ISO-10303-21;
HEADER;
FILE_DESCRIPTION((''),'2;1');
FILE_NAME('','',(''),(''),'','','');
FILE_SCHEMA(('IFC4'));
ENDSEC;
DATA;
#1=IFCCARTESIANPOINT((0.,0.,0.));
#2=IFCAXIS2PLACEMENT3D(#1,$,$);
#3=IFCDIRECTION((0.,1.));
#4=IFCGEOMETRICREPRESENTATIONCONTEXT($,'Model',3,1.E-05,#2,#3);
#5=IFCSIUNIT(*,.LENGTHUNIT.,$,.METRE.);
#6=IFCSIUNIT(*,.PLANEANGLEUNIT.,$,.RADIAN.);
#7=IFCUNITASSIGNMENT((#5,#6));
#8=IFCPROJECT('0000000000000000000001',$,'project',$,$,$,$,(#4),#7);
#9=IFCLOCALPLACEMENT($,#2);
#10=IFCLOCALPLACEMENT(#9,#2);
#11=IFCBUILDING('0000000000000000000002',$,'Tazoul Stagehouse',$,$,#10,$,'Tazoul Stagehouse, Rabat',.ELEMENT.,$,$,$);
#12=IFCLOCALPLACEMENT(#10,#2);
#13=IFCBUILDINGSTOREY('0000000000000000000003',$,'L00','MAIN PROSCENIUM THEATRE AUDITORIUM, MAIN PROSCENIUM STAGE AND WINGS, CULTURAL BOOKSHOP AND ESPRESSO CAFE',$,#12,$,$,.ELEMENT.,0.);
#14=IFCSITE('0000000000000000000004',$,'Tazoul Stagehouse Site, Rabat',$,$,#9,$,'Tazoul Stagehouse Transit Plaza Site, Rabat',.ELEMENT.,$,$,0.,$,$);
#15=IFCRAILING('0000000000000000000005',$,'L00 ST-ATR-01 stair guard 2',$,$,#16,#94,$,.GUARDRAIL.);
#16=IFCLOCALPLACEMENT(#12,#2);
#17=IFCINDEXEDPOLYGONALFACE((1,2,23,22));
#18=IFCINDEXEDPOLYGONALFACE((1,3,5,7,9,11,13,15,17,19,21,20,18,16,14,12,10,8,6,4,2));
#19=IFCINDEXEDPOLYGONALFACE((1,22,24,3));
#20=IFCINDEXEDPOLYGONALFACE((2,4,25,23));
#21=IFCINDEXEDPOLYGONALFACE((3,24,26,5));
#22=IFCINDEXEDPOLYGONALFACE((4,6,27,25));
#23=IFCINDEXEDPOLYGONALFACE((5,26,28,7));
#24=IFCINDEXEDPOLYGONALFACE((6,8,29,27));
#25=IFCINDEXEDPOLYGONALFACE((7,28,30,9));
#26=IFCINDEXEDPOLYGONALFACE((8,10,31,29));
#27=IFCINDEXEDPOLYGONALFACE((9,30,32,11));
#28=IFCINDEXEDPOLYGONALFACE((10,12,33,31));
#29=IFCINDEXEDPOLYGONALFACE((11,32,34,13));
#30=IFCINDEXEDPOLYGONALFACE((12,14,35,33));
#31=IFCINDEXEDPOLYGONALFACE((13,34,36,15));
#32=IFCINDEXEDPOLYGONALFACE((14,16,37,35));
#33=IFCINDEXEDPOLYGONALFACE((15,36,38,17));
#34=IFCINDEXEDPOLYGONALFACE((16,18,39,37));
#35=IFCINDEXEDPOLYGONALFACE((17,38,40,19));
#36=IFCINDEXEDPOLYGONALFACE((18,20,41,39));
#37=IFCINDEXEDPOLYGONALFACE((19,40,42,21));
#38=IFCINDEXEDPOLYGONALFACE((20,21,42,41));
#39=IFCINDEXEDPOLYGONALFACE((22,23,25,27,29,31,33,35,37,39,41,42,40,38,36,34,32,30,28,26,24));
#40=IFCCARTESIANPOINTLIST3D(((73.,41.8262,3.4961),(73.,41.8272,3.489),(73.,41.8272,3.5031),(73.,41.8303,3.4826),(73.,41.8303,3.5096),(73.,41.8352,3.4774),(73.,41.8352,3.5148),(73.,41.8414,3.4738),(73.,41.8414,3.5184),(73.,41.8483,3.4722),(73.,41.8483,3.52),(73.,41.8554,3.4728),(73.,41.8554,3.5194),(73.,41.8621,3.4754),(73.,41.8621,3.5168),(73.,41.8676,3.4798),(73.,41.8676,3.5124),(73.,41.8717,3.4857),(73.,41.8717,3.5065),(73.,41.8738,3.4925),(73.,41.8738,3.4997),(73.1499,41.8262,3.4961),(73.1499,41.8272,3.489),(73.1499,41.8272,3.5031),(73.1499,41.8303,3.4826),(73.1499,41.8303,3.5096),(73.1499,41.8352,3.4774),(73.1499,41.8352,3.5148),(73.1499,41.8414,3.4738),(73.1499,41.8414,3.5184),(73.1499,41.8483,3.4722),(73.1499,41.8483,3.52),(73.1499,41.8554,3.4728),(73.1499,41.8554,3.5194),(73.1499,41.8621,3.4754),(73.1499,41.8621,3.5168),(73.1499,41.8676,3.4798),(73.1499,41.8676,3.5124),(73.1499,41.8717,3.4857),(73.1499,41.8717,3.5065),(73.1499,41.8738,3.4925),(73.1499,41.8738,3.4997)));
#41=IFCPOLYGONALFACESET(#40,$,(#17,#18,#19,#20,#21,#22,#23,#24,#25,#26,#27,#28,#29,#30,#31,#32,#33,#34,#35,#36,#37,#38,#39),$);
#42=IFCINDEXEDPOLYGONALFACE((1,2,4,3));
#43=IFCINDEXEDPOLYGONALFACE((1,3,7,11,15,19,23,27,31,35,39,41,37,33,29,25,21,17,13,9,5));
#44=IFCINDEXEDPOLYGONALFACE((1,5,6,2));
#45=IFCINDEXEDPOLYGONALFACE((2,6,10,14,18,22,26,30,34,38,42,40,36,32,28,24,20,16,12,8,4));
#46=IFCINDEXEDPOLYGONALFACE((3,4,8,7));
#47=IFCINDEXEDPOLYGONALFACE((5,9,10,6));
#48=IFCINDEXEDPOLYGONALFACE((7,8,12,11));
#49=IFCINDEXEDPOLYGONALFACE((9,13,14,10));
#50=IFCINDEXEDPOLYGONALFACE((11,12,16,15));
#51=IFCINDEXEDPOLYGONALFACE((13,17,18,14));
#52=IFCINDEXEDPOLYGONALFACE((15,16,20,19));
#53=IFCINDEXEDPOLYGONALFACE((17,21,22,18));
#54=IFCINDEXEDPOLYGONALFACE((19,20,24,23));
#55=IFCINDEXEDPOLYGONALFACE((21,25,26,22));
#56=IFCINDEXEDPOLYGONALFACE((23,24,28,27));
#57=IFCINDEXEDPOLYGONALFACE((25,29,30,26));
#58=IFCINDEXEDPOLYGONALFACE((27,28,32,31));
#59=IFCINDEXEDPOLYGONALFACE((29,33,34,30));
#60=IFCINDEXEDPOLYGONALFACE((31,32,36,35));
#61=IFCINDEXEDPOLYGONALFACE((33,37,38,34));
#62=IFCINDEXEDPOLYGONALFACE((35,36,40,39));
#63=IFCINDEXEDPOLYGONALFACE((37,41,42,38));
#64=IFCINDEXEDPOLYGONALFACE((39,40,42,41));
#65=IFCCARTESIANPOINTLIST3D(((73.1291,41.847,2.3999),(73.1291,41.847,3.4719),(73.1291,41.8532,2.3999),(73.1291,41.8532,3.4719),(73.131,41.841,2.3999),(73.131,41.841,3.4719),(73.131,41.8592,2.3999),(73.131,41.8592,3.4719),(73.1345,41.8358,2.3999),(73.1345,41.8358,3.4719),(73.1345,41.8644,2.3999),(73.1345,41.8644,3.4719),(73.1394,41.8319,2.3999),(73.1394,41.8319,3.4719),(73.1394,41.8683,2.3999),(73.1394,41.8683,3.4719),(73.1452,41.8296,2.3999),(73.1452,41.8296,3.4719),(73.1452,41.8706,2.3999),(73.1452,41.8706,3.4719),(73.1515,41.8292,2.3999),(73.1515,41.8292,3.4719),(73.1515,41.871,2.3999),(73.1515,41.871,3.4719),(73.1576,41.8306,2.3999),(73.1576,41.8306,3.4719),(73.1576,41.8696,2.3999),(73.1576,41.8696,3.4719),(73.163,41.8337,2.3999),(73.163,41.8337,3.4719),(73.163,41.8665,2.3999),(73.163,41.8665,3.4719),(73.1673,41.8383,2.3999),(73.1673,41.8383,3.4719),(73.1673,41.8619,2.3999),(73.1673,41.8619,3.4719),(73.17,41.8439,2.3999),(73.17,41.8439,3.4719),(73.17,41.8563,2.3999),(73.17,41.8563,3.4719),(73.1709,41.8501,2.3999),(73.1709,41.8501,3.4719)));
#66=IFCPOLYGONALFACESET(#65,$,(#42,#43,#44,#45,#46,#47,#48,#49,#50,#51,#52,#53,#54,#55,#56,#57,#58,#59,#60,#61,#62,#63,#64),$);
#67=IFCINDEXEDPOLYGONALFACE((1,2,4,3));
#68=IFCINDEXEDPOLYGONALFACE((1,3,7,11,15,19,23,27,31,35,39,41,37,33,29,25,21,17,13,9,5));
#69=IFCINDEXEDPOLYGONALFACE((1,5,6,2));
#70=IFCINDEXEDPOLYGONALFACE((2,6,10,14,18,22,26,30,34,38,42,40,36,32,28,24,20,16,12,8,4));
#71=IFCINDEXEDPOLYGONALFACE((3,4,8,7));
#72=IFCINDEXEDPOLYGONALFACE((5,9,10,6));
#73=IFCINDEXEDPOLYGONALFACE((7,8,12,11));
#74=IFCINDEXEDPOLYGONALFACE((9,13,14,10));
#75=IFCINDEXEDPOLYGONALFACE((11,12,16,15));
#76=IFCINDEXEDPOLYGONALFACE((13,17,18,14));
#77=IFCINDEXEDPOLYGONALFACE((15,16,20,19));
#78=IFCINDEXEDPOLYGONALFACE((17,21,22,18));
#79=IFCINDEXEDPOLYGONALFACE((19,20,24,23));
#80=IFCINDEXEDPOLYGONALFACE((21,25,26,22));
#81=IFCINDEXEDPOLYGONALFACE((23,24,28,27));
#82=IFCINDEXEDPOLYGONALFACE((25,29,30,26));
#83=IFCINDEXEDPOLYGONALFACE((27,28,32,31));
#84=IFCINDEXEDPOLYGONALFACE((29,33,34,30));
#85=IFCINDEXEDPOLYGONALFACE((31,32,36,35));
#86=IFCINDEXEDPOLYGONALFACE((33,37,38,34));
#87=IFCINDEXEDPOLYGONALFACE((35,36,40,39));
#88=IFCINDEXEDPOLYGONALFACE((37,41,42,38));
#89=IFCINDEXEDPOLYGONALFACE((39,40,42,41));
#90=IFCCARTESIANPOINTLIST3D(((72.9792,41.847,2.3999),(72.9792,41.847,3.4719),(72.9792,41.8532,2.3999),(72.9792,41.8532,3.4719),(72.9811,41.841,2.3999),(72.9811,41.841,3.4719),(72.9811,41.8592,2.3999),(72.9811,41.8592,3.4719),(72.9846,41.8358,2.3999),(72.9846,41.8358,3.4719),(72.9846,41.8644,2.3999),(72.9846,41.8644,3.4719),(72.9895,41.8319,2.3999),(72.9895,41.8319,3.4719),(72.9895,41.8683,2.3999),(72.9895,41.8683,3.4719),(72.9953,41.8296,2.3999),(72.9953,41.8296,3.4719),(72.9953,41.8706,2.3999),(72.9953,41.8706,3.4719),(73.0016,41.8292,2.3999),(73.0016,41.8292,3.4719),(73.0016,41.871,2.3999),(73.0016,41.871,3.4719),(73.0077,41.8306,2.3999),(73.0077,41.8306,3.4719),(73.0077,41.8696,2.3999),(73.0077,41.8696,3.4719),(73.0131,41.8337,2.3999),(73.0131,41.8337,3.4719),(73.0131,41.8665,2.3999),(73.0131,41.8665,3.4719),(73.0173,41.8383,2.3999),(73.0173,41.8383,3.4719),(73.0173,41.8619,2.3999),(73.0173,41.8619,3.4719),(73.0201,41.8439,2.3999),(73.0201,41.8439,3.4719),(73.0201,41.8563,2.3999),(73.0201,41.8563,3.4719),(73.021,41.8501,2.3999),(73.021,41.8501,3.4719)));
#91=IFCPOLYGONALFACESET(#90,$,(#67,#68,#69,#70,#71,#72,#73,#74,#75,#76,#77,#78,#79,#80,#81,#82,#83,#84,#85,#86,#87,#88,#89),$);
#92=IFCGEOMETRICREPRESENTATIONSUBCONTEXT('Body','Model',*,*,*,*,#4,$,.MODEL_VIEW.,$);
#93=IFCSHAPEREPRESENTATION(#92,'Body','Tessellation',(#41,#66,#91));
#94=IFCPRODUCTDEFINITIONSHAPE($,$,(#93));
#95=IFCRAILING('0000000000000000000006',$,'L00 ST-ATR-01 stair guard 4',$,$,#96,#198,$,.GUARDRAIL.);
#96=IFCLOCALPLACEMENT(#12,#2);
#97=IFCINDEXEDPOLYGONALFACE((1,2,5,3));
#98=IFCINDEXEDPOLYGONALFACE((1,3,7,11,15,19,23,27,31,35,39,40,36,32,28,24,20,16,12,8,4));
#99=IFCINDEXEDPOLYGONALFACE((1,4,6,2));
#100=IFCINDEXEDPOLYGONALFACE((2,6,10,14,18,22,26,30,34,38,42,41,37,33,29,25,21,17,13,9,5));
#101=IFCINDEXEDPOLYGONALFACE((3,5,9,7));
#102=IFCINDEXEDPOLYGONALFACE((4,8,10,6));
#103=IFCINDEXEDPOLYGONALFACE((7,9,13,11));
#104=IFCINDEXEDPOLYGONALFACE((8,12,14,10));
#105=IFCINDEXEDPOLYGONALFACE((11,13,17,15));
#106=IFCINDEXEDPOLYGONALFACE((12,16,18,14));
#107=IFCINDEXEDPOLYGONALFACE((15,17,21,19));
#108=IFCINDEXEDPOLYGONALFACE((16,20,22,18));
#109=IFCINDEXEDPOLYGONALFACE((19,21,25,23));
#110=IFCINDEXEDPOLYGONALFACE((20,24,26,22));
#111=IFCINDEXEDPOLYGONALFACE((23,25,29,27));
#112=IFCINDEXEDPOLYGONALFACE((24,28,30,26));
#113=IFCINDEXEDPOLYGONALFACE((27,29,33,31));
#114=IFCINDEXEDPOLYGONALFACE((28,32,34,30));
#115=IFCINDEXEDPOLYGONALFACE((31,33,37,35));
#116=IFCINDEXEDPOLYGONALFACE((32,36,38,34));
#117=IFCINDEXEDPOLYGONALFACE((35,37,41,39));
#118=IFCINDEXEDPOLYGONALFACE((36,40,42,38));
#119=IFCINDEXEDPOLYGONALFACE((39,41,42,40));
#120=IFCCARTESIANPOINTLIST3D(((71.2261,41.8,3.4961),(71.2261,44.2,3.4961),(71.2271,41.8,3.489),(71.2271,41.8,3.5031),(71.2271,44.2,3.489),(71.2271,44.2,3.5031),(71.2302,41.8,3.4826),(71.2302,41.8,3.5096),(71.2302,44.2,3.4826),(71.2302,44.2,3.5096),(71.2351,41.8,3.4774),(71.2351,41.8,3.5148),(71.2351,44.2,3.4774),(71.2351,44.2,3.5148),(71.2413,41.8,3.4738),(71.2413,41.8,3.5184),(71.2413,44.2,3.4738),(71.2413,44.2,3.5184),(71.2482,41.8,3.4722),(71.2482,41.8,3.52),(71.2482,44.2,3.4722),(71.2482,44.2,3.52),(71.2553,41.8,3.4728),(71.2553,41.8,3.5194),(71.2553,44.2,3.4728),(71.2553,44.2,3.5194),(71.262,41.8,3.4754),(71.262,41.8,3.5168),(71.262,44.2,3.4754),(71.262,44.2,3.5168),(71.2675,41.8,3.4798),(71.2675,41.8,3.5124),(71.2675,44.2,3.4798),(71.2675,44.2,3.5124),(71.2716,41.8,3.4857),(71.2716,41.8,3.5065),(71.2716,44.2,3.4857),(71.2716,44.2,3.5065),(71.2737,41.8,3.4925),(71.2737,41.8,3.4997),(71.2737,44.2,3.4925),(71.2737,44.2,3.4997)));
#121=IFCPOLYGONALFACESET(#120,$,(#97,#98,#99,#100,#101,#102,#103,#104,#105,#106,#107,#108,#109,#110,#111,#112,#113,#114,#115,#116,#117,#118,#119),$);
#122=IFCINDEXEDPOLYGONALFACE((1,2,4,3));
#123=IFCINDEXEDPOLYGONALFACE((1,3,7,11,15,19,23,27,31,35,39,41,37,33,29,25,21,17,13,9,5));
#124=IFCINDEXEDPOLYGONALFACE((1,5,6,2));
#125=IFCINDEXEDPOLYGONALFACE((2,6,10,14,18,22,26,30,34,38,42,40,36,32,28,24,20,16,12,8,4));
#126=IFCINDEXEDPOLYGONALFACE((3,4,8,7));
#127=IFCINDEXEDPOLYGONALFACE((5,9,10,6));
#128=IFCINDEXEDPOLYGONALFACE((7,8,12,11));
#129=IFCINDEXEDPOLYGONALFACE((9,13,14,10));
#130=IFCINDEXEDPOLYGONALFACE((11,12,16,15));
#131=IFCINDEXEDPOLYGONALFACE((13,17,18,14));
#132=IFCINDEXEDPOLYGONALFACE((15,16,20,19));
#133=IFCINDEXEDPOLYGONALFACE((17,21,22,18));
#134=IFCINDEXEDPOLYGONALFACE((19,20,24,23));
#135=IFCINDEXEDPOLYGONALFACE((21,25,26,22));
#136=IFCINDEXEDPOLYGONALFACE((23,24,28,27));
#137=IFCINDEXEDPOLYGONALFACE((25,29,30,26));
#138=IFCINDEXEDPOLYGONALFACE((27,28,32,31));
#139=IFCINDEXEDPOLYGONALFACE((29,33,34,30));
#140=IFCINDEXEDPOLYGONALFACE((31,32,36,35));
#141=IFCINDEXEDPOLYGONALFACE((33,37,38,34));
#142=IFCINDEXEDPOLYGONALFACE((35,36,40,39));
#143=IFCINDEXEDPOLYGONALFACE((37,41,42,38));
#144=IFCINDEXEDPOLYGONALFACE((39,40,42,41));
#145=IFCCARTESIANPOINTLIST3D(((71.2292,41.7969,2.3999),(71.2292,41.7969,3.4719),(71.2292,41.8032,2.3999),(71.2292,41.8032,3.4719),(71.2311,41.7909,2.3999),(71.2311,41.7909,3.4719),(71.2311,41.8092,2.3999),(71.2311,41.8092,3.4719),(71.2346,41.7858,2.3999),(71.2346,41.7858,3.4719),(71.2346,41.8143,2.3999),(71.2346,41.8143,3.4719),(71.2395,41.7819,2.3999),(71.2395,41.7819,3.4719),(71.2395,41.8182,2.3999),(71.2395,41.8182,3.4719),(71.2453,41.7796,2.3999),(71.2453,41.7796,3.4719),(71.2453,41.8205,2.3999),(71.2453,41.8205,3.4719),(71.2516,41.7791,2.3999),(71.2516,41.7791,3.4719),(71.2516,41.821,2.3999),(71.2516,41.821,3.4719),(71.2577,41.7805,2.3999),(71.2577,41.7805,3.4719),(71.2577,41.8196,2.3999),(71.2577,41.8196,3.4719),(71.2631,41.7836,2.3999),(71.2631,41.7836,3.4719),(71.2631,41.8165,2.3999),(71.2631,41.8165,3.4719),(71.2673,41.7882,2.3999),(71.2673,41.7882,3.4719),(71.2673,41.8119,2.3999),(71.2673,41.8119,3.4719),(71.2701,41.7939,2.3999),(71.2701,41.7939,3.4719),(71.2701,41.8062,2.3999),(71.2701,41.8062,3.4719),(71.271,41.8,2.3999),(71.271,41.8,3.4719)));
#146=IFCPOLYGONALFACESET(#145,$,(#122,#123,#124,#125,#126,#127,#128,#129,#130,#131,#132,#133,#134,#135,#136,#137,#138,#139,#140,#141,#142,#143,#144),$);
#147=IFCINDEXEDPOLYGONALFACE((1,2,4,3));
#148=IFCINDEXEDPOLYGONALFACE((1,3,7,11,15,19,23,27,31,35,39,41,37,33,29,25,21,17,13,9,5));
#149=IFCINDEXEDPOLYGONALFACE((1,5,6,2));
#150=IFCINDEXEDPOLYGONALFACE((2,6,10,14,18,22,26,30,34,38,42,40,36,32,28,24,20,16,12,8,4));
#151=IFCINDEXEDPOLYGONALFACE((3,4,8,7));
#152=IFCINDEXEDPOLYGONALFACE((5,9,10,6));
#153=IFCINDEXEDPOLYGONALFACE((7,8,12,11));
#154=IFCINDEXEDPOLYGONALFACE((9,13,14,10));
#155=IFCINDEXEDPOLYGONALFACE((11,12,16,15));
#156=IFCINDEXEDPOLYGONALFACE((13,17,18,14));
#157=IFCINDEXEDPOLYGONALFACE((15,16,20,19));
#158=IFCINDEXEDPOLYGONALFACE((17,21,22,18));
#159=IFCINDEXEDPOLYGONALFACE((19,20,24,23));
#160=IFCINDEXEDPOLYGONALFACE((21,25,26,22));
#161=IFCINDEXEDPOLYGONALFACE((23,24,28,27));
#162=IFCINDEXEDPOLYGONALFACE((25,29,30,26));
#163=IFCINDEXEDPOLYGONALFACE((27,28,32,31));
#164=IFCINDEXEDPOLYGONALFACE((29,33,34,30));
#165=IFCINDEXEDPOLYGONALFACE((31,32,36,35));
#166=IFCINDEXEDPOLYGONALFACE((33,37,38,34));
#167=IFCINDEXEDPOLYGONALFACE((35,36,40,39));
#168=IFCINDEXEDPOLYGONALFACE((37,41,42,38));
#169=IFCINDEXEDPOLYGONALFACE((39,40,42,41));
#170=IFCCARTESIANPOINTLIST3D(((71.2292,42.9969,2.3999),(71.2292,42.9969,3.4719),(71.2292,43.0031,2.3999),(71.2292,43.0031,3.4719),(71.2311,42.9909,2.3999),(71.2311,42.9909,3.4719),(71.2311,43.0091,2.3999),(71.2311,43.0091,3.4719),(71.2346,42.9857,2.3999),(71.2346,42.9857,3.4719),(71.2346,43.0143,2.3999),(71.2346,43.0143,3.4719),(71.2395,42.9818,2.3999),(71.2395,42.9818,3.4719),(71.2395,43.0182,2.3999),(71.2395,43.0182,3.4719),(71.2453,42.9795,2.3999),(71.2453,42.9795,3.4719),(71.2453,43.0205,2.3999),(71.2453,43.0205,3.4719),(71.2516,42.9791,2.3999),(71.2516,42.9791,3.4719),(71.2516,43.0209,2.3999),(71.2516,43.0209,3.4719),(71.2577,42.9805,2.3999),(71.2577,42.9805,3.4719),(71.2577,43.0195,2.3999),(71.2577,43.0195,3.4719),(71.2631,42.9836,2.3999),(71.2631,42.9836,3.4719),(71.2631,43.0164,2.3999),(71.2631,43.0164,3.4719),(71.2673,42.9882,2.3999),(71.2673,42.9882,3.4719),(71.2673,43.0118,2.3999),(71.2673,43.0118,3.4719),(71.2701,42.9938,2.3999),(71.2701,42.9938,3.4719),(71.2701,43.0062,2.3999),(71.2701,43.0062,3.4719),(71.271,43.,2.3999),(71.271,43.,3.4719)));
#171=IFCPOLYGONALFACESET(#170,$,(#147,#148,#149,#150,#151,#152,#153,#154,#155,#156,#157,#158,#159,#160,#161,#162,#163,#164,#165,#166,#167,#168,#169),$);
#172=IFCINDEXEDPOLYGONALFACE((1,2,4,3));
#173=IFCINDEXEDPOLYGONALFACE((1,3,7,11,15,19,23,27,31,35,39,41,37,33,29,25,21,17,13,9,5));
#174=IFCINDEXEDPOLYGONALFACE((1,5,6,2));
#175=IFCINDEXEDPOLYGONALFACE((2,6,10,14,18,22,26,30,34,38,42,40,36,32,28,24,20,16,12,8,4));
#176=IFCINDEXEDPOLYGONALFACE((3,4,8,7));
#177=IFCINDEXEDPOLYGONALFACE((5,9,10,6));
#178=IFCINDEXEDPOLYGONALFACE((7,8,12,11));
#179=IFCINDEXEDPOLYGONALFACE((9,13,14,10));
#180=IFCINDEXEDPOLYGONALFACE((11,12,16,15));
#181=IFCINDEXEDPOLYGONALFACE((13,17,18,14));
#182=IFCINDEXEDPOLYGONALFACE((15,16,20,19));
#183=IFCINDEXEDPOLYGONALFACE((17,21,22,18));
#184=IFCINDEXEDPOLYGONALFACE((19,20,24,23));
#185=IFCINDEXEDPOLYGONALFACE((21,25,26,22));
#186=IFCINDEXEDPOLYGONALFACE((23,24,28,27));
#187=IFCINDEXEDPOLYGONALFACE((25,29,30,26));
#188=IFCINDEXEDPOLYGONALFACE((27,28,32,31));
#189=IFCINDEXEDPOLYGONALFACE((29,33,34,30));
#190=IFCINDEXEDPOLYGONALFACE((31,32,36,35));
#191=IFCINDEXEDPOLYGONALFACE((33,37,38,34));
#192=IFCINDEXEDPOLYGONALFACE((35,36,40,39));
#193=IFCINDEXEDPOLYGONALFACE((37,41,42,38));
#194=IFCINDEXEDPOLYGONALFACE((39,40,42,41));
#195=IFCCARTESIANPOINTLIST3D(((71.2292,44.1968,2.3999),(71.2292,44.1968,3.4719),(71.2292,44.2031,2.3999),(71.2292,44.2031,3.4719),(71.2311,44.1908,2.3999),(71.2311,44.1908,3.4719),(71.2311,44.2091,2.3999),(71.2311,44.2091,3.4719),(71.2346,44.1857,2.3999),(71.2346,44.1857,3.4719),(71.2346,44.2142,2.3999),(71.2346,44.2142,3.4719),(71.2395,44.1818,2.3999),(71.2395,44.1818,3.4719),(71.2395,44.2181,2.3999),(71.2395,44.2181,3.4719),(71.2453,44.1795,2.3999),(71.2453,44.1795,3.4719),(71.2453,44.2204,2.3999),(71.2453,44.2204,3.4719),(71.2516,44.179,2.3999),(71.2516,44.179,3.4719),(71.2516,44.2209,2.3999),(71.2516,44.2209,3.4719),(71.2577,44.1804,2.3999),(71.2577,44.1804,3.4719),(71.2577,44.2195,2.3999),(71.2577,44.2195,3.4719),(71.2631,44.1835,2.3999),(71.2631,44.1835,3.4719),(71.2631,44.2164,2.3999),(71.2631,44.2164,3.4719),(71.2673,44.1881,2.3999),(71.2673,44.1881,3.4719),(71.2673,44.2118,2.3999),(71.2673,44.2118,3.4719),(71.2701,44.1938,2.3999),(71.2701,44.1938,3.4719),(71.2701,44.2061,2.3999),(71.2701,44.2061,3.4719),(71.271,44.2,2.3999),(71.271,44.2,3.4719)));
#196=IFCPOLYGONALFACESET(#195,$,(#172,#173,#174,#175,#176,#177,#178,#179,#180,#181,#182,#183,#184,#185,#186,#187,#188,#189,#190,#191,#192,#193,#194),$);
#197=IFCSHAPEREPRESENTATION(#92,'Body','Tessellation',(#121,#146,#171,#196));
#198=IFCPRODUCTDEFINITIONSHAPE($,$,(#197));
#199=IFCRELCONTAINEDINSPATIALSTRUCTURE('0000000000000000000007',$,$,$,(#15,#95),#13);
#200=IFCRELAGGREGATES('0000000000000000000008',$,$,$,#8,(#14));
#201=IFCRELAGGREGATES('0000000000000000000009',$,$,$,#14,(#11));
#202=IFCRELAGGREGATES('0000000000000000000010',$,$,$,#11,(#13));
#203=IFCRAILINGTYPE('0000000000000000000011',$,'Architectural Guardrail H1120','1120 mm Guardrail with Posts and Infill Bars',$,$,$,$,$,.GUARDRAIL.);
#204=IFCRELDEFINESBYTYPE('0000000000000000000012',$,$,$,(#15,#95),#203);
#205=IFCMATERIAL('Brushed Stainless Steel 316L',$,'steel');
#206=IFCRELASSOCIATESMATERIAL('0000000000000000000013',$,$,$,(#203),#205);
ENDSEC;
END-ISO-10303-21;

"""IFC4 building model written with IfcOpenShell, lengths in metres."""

from ifc_helpers import new_model, si_unit, direction, frame, origin, origin_2d, place, context, subcontext, project, spatial, circle, extrude, material, material_profile, profile_set, type_object, element, save


model = new_model("IFC4")

# Units and contexts
model_context = context("Model", 3, precision=1e-05, world=origin(), true_north=direction((0.0, 1.0)))
body_context = subcontext(model_context, "Body", "Model", "MODEL_VIEW")
ifc_project = project(units=[si_unit("LENGTHUNIT", "METRE"), si_unit("PLANEANGLEUNIT", "RADIAN")], contexts=[model_context])

# Site, building, storey
site_placement = place(None, origin())
site = spatial("IfcSite", under=ifc_project, at=site_placement, Name="Tazoul Stagehouse Site, Rabat", LongName="Tazoul Stagehouse Transit Plaza Site, Rabat", CompositionType="ELEMENT", RefElevation=0.0)
building_placement = place(site_placement, origin())
building = spatial("IfcBuilding", under=site, at=building_placement, Name="Tazoul Stagehouse", LongName="Tazoul Stagehouse, Rabat", CompositionType="ELEMENT")
storey_placement = place(building_placement, origin())
storey = spatial("IfcBuildingStorey", under=building, at=storey_placement, Name="L00", Description="MAIN PROSCENIUM THEATRE AUDITORIUM, MAIN PROSCENIUM STAGE AND WINGS, CULTURAL BOOKSHOP AND ESPRESSO CAFE", CompositionType="ELEMENT", Elevation=0.0)

# Railings
ifc_material_1 = material(Name="Brushed Stainless Steel 316L", Category="steel")
ifc_material_profile_1 = material_profile(ifc_material_1, circle(Radius=0.0239, at=origin_2d()), Name="SS RAIL D48")
ifc_profile_set_1 = profile_set([ifc_material_profile_1], Name="Brushed Stainless Steel 316L")
railing_type_1 = type_object("IfcRailingType", Name="Architectural Guardrail H1120", Description="1120 mm Guardrail with Posts and Infill Bars", PredefinedType="GUARDRAIL", material=ifc_profile_set_1)
railing_1_placement = place(storey_placement, frame((73.1499, 41.8501, 2.3999)))
element("IfcRailing", 1, at=railing_1_placement, inside=storey, type_object=railing_type_1, Name="L00 ST-ATR-01 stair guard 2", PredefinedType="GUARDRAIL", context=body_context, shape_type="SweptSolid", body=[
    extrude(circle(Radius=0.0239, at=origin_2d()), frame((0.0, 0.0, 1.0962), z_axis=(-1.0, 0.0, 0.0), x_axis=(0.0, -1.0, 0.0)), (0.0, 0.0, 1.0), 0.1499),
    extrude(circle(Radius=0.021, at=origin_2d()), origin(), (0.0, 0.0, 1.0), 1.072),
    extrude(circle(Radius=0.021, at=origin_2d()), frame((-0.1499, 0.0, 0.0)), (0.0, 0.0, 1.0), 1.072),
])
railing_2_placement = place(storey_placement, frame((71.25, 41.8, 2.3999)))
element("IfcRailing", 2, at=railing_2_placement, inside=storey, type_object=railing_type_1, Name="L00 ST-ATR-01 stair guard 4", PredefinedType="GUARDRAIL", context=body_context, shape_type="SweptSolid", body=[
    extrude(circle(Radius=0.0239, at=origin_2d()), frame((0.0, 0.0, 1.0962), z_axis=(0.0, 1.0, 0.0), x_axis=(-1.0, 0.0, 0.0)), (0.0, 0.0, 1.0), 2.3999),
    extrude(circle(Radius=0.021, at=origin_2d()), origin(), (0.0, 0.0, 1.0), 1.072),
    extrude(circle(Radius=0.021, at=origin_2d()), frame((0.0, 1.2, 0.0)), (0.0, 0.0, 1.0), 1.072),
    extrude(circle(Radius=0.021, at=origin_2d()), frame((0.0, 2.3999, 0.0)), (0.0, 0.0, 1.0), 1.072),
])

save(model, "model.ifc")
